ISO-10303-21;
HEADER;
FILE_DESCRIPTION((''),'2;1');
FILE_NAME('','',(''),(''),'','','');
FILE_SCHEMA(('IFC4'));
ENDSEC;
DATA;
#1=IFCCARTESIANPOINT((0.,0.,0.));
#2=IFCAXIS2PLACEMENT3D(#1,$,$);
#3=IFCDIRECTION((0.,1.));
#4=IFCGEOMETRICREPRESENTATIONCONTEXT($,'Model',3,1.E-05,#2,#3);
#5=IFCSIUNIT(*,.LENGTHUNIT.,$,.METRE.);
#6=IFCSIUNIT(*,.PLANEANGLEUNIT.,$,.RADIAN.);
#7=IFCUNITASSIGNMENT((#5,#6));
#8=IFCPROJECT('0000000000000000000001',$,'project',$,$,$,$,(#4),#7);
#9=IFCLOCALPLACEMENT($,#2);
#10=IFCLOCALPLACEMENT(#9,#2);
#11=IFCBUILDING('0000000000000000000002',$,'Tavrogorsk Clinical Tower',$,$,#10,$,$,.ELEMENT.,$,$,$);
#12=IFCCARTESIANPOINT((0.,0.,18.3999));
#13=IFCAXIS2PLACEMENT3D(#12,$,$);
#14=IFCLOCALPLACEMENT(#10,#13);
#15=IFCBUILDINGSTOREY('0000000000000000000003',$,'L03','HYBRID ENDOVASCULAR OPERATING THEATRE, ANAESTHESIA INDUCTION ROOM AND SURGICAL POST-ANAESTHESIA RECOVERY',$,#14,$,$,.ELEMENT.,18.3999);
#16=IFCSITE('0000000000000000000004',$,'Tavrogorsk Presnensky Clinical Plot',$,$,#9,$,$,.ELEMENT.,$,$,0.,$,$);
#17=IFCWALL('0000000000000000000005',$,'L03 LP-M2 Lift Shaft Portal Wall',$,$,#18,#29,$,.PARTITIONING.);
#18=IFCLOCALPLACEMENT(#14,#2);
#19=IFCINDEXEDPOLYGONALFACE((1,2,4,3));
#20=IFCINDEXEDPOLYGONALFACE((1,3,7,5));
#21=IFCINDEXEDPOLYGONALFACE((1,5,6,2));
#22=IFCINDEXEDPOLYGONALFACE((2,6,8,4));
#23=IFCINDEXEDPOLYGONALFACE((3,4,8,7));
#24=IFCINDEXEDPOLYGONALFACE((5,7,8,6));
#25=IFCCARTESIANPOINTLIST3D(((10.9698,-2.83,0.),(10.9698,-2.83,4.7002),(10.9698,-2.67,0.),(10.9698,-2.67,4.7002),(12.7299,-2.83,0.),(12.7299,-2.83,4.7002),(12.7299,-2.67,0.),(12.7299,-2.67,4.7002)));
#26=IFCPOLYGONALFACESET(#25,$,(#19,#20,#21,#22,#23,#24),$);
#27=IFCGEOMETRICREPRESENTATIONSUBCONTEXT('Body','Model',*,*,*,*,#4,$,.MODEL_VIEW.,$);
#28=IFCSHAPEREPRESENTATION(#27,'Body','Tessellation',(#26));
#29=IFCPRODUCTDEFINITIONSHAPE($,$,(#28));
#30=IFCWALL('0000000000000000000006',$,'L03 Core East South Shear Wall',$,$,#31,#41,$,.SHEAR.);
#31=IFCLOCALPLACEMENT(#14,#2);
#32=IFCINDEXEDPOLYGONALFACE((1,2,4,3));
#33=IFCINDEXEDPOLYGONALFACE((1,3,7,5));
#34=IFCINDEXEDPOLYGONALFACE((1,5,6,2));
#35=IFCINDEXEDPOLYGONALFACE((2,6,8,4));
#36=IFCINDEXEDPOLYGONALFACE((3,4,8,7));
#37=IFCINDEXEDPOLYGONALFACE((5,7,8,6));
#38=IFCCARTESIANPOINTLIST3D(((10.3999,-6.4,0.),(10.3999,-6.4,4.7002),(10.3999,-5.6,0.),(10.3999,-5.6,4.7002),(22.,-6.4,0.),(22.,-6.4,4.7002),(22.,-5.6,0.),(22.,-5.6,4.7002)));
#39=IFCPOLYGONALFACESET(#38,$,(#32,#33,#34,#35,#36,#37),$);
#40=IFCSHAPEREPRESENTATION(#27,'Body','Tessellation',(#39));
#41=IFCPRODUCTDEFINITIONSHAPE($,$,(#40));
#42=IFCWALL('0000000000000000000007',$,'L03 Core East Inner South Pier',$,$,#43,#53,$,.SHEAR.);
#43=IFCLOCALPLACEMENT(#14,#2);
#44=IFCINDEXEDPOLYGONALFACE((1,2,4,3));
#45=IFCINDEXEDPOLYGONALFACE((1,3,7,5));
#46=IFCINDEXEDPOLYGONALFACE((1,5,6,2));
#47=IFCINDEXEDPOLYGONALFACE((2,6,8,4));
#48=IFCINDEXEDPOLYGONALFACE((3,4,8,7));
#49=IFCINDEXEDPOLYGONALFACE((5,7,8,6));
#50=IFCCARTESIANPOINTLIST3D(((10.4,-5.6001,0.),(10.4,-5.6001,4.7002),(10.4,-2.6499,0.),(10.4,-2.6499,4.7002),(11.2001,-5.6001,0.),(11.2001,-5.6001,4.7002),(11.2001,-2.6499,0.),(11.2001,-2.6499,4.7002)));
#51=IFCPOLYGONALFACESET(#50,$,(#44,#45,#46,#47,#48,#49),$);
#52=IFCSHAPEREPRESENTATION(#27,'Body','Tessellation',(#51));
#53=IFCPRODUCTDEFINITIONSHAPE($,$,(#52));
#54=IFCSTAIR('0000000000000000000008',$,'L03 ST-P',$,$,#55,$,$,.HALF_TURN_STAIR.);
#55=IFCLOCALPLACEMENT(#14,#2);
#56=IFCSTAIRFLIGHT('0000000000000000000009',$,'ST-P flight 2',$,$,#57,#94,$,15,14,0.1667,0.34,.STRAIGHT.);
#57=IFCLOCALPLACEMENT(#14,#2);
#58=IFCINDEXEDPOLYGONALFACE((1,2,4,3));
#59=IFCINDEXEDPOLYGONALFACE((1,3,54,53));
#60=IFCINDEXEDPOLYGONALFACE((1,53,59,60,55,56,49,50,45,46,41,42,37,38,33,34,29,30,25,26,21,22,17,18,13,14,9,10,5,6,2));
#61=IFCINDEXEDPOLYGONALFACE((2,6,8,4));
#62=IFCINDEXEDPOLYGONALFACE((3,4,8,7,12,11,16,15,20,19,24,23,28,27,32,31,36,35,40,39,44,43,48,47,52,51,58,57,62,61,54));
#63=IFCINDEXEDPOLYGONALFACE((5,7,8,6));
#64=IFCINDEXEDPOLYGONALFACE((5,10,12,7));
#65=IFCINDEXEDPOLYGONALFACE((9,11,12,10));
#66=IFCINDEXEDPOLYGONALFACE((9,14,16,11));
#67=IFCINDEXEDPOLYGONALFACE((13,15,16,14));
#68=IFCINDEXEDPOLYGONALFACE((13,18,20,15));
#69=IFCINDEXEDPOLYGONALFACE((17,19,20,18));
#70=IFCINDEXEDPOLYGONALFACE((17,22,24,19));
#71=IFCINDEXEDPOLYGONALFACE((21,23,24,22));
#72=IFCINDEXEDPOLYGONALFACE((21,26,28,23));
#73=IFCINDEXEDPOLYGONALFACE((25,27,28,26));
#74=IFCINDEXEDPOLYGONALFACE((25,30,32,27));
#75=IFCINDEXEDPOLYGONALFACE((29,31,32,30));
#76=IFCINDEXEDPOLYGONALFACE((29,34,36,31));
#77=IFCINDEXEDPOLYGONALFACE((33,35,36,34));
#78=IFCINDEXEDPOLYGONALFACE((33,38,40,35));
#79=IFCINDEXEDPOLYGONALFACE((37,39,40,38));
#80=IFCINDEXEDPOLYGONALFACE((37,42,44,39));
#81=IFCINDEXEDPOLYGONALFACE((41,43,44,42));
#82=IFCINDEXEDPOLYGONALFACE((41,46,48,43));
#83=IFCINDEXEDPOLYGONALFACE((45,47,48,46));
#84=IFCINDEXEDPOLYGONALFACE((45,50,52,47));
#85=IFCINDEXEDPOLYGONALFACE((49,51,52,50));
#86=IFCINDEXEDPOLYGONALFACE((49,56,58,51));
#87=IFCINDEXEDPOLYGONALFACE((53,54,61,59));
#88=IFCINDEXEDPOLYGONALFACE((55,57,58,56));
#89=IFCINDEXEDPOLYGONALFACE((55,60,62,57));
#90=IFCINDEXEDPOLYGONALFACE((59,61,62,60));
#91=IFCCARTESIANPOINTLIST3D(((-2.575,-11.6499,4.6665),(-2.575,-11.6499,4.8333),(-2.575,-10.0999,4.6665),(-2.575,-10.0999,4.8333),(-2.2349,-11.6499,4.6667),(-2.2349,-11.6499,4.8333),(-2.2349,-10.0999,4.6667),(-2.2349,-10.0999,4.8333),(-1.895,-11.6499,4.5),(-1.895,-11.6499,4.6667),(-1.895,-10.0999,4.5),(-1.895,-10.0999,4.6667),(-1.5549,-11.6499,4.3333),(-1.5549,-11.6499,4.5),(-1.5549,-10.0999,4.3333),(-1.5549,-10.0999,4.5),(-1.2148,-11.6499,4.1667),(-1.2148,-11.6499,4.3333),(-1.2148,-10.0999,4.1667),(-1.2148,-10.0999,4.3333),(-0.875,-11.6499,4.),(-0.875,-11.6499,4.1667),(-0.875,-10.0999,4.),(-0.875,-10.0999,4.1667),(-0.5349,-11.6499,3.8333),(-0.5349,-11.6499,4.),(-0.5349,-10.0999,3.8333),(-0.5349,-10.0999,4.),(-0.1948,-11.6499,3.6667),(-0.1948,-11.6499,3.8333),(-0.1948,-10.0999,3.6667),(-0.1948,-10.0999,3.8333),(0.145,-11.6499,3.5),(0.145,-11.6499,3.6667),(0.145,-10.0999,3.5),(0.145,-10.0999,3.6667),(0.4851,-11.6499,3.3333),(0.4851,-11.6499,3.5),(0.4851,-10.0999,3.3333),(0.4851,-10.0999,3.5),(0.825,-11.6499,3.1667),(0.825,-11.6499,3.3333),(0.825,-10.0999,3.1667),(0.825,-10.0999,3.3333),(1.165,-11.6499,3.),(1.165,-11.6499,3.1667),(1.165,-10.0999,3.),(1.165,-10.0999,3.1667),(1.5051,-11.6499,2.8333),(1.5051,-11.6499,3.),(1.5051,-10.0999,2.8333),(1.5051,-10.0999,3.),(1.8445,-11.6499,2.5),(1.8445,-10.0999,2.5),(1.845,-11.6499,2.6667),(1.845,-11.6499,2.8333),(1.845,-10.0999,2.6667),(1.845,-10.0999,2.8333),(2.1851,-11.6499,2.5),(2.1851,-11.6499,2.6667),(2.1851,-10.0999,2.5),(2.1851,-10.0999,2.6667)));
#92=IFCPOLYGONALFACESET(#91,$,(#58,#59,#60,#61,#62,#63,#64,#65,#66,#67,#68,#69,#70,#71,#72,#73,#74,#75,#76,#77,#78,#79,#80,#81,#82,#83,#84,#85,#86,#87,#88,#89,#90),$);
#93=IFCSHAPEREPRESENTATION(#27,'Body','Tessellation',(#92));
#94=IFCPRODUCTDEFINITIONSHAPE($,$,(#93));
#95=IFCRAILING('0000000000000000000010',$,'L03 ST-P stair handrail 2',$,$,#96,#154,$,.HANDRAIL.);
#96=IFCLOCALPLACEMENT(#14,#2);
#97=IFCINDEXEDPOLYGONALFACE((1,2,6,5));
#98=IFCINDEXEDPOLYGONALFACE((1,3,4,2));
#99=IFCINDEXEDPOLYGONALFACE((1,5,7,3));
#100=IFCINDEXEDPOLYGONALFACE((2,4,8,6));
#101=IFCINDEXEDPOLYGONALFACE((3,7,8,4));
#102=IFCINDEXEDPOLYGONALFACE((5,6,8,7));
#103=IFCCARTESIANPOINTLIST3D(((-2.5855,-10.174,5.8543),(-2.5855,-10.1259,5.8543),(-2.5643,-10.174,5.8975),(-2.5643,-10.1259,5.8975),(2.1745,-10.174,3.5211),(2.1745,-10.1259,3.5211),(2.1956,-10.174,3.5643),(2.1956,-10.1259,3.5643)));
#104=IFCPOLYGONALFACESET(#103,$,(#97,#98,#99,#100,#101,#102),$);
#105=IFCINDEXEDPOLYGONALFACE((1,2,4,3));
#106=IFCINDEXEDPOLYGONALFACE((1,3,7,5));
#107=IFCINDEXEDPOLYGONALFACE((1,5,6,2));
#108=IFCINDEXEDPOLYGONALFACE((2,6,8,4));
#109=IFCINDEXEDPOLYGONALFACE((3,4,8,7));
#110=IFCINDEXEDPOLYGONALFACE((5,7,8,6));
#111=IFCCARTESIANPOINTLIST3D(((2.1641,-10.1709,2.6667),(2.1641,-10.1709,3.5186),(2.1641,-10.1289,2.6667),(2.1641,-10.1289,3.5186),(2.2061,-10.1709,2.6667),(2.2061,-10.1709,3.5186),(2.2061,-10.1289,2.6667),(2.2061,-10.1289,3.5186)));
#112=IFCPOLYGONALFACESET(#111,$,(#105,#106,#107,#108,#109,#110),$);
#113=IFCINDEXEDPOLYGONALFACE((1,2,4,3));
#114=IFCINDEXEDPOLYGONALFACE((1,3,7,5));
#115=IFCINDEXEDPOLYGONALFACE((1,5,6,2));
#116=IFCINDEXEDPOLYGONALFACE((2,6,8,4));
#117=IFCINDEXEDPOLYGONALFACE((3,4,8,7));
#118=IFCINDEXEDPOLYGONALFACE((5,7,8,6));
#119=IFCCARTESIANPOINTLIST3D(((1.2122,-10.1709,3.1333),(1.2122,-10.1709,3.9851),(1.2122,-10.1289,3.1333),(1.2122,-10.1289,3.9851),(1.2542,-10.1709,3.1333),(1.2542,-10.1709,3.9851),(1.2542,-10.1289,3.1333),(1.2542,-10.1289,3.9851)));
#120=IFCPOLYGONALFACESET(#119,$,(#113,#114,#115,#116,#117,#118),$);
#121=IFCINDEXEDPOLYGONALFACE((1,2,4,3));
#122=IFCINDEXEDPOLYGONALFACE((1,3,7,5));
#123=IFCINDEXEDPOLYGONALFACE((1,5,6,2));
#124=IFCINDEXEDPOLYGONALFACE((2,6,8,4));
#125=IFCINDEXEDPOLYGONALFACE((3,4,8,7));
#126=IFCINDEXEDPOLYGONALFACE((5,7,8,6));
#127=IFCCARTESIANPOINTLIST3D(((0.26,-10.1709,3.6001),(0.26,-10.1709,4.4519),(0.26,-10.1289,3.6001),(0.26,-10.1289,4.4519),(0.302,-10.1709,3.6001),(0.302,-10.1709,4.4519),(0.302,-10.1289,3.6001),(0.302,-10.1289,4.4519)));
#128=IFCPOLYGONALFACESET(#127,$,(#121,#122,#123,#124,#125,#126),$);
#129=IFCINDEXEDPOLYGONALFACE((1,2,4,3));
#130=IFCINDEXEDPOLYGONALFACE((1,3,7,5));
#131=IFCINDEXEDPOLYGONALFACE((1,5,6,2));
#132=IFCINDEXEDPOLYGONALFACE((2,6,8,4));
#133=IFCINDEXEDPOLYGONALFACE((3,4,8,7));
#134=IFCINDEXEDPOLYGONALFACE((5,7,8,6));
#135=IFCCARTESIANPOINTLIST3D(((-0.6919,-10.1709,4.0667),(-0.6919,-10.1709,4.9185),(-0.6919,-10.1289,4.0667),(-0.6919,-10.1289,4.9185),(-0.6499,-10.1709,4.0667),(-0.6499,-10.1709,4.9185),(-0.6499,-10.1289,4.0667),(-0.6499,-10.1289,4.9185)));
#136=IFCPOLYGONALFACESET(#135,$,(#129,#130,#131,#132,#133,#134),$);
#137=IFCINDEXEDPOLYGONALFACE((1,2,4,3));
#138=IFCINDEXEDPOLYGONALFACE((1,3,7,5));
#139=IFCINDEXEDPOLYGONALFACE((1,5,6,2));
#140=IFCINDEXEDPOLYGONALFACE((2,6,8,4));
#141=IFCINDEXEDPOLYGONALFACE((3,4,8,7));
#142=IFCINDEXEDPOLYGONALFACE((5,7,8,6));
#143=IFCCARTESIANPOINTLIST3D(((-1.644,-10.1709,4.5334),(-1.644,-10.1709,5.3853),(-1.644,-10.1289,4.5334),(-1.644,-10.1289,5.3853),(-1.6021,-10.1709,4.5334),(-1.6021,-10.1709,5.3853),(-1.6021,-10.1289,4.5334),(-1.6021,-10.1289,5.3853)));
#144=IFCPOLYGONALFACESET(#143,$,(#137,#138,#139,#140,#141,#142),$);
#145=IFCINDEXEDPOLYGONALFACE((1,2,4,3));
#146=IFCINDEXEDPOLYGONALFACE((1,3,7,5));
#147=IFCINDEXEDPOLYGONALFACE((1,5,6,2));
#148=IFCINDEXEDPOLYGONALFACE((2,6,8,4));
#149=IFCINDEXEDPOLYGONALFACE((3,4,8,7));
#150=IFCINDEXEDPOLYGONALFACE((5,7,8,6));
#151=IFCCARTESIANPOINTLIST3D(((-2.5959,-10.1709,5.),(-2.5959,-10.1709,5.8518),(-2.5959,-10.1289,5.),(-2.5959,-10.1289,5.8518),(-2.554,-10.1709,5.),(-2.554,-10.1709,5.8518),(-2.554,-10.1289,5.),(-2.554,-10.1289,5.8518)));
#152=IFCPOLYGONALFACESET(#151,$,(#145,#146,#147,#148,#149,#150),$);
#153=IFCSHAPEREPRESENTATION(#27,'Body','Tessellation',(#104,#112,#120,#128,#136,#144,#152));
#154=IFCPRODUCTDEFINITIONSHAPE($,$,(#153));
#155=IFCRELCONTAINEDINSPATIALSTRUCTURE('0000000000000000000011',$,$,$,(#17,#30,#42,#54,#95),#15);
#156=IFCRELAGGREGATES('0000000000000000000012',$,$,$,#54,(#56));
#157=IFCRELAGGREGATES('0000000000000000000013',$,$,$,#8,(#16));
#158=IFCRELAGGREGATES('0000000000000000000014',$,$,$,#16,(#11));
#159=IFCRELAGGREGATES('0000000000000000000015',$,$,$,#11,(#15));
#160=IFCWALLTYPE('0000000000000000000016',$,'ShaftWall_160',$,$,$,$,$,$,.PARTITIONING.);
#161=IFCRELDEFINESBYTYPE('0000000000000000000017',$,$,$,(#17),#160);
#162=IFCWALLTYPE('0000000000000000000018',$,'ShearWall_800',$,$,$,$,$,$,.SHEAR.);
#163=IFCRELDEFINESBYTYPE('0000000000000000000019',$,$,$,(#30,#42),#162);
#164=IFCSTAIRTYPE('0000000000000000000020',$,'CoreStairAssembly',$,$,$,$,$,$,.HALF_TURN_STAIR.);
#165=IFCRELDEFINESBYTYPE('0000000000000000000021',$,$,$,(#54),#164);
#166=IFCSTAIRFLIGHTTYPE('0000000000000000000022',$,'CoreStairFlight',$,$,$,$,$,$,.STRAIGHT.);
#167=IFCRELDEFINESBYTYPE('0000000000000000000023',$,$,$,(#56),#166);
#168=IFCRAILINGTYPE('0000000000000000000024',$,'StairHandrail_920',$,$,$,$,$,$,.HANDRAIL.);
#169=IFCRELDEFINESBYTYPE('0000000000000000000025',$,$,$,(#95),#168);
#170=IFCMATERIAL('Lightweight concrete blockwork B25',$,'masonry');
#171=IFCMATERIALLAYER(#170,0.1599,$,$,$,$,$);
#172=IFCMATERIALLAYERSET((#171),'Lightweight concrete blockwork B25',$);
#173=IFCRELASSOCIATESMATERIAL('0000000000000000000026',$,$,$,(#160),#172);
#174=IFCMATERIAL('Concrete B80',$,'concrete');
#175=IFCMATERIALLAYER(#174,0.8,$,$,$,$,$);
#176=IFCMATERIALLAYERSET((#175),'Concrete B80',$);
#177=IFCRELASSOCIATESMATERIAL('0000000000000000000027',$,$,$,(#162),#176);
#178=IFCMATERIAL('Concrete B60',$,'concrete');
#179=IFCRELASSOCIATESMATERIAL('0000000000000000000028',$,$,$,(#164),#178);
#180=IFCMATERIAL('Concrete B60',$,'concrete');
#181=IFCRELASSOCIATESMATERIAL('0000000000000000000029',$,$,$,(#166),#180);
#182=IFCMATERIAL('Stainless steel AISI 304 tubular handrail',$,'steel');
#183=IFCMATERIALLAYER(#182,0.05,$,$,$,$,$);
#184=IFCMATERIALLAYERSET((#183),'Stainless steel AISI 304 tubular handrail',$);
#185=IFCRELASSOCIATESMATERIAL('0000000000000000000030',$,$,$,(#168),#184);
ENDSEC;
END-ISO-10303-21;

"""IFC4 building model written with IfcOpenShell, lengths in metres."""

from ifc_helpers import new_model, si_unit, direction, frame, frame_2d, origin, origin_2d, place, context, subcontext, project, spatial, polyline, rectangle, outline, extrude, material, layer, layer_set, type_object, element, aggregate, save


model = new_model("IFC4")

# Units and contexts
model_context = context("Model", 3, precision=1e-05, world=origin(), true_north=direction((0.0, 1.0)))
body_context = subcontext(model_context, "Body", "Model", "MODEL_VIEW")
ifc_project = project(units=[si_unit("LENGTHUNIT", "METRE"), si_unit("PLANEANGLEUNIT", "RADIAN")], contexts=[model_context])

# Site, building, storey
site_placement = place(None, origin())
site = spatial("IfcSite", under=ifc_project, at=site_placement, Name="Tavrogorsk Presnensky Clinical Plot", CompositionType="ELEMENT", RefElevation=0.0)
building_placement = place(site_placement, origin())
building = spatial("IfcBuilding", under=site, at=building_placement, Name="Tavrogorsk Clinical Tower", CompositionType="ELEMENT")
storey_placement = place(building_placement, frame((0.0, 0.0, 18.3999)))
storey = spatial("IfcBuildingStorey", under=building, at=storey_placement, Name="L03", Description="HYBRID ENDOVASCULAR OPERATING THEATRE, ANAESTHESIA INDUCTION ROOM AND SURGICAL POST-ANAESTHESIA RECOVERY", CompositionType="ELEMENT", Elevation=18.3999)

# Shared definitions
ifc_material_1 = material(Name="Lightweight concrete blockwork B25", Category="masonry")
ifc_layer_1 = layer(ifc_material_1, 0.1599)
ifc_layer_set_1 = layer_set([ifc_layer_1], Name="Lightweight concrete blockwork B25")
wall_type_1 = type_object("IfcWallType", Name="ShaftWall_160", PredefinedType="PARTITIONING", material=ifc_layer_set_1)

# Walls
wall_1_placement = place(storey_placement, frame((10.97, -2.75, 0.0), z_axis=(0.0, 0.0, 1.0), x_axis=(1.0, 0.0, 0.0)))
element("IfcWall", 1, at=wall_1_placement, inside=storey, type_object=wall_type_1, Name="L03 LP-M2 Lift Shaft Portal Wall", PredefinedType="PARTITIONING", context=body_context, shape_type="SweptSolid", body=[
    extrude(rectangle(XDim=1.76, YDim=0.1599, at=frame_2d((0.8799, 0.0))), origin(), (0.0, 0.0, 1.0), 4.7002),
])
ifc_material_2 = material(Name="Concrete B80", Category="concrete")
ifc_layer_2 = layer(ifc_material_2, 0.8)
ifc_layer_set_2 = layer_set([ifc_layer_2], Name="Concrete B80")
wall_type_2 = type_object("IfcWallType", Name="ShearWall_800", PredefinedType="SHEAR", material=ifc_layer_set_2)
wall_2_placement = place(storey_placement, frame((10.3999, -6.0, 0.0), z_axis=(0.0, 0.0, 1.0), x_axis=(1.0, 0.0, 0.0)))
element("IfcWall", 2, at=wall_2_placement, inside=storey, type_object=wall_type_2, Name="L03 Core East South Shear Wall", PredefinedType="SHEAR", context=body_context, shape_type="SweptSolid", body=[
    extrude(rectangle(XDim=11.6001, YDim=0.8, at=frame_2d((5.8, 0.0))), origin(), (0.0, 0.0, 1.0), 4.7002),
])
wall_3_placement = place(storey_placement, frame((10.8, -5.6001, 0.0), z_axis=(0.0, 0.0, 1.0), x_axis=(0.0, 1.0, 0.0)))
element("IfcWall", 3, at=wall_3_placement, inside=storey, type_object=wall_type_2, Name="L03 Core East Inner South Pier", PredefinedType="SHEAR", context=body_context, shape_type="SweptSolid", body=[
    extrude(rectangle(XDim=2.9502, YDim=0.8, at=frame_2d((1.4751, 0.0))), origin(), (0.0, 0.0, 1.0), 4.7002),
])

# Stair, stair flight
ifc_material_3 = material(Name="Concrete B60", Category="concrete")
stair_type = type_object("IfcStairType", Name="CoreStairAssembly", PredefinedType="HALF_TURN_STAIR", material=ifc_material_3)
stair_placement = place(storey_placement, origin())
stair = element("IfcStair", 4, at=stair_placement, inside=storey, type_object=stair_type, Name="L03 ST-P", PredefinedType="HALF_TURN_STAIR")
ifc_material_4 = material(Name="Concrete B60", Category="concrete")
stair_flight_type = type_object("IfcStairFlightType", Name="CoreStairFlight", PredefinedType="STRAIGHT", material=ifc_material_4)
stair_flight_placement = place(storey_placement, frame((2.1851, -10.875, 2.5), z_axis=(0.0, 0.0, 1.0), x_axis=(-1.0, 0.0, 0.0)))
stair_flight = element("IfcStairFlight", 5, at=stair_flight_placement, type_object=stair_flight_type, Name="ST-P flight 2", NumberOfRisers=15, NumberOfTreads=14, PredefinedType="STRAIGHT", RiserHeight=0.1667, TreadLength=0.34, context=body_context, shape_type="SweptSolid", body=[
    extrude(outline(polyline([(0.0, 0.0), (0.0, 0.1667), (0.3401, 0.1667), (0.3401, 0.3333), (0.6799, 0.3333), (0.6799, 0.5), (1.02, 0.5), (1.02, 0.6667), (1.3601, 0.6667), (1.3601, 0.8333), (1.7, 0.8333), (1.7, 1.0), (2.04, 1.0), (2.04, 1.1667), (2.3799, 1.1667), (2.3799, 1.3333), (2.72, 1.3333), (2.72, 1.5), (3.0601, 1.5), (3.0601, 1.6667), (3.3999, 1.6667), (3.3999, 1.8333), (3.74, 1.8333), (3.74, 2.0), (4.0801, 2.0), (4.0801, 2.1667), (4.4199, 2.1667), (4.4199, 2.3333), (4.76, 2.3333), (4.76, 2.5), (4.76, 2.1665), (0.3406, 0.0), (0.0, 0.0)])), frame((0.0, 0.7749, 0.0), z_axis=(0.0, -1.0, 0.0), x_axis=(1.0, 0.0, 0.0)), (0.0, 0.0, 1.0), 1.55),
])
aggregate(stair, [stair_flight])

# Railing
ifc_material_5 = material(Name="Stainless steel AISI 304 tubular handrail", Category="steel")
ifc_layer_3 = layer(ifc_material_5, 0.05)
ifc_layer_set_3 = layer_set([ifc_layer_3], Name="Stainless steel AISI 304 tubular handrail")
railing_type = type_object("IfcRailingType", Name="StairHandrail_920", PredefinedType="HANDRAIL", material=ifc_layer_set_3)
railing_placement = place(storey_placement, frame((2.1851, -10.1499, 2.6667)))
element("IfcRailing", 6, at=railing_placement, inside=storey, type_object=railing_type, Name="L03 ST-P stair handrail 2", PredefinedType="HANDRAIL", context=body_context, shape_type="SweptSolid", body=[
    extrude(rectangle(XDim=0.0481, YDim=0.0481, at=origin_2d()), frame((0.0, 0.0, 0.876), z_axis=(-0.897927, 0.0, 0.440144), x_axis=(0.0, -1.0, 0.0)), (0.0, 0.0, 1.0), 5.301),
    extrude(rectangle(XDim=0.042, YDim=0.042, at=origin_2d()), origin(), (0.0, 0.0, 1.0), 0.8518),
    extrude(rectangle(XDim=0.042, YDim=0.042, at=origin_2d()), frame((-0.9519, 0.0, 0.4666)), (0.0, 0.0, 1.0), 0.8518),
    extrude(rectangle(XDim=0.042, YDim=0.042, at=origin_2d()), frame((-1.9041, 0.0, 0.9333)), (0.0, 0.0, 1.0), 0.8518),
    extrude(rectangle(XDim=0.042, YDim=0.042, at=origin_2d()), frame((-2.856, 0.0, 1.3999)), (0.0, 0.0, 1.0), 0.8518),
    extrude(rectangle(XDim=0.042, YDim=0.042, at=origin_2d()), frame((-3.8081, 0.0, 1.8667)), (0.0, 0.0, 1.0), 0.8518),
    extrude(rectangle(XDim=0.042, YDim=0.042, at=origin_2d()), frame((-4.76, 0.0, 2.3333)), (0.0, 0.0, 1.0), 0.8518),
])

save(model, "model.ifc")
